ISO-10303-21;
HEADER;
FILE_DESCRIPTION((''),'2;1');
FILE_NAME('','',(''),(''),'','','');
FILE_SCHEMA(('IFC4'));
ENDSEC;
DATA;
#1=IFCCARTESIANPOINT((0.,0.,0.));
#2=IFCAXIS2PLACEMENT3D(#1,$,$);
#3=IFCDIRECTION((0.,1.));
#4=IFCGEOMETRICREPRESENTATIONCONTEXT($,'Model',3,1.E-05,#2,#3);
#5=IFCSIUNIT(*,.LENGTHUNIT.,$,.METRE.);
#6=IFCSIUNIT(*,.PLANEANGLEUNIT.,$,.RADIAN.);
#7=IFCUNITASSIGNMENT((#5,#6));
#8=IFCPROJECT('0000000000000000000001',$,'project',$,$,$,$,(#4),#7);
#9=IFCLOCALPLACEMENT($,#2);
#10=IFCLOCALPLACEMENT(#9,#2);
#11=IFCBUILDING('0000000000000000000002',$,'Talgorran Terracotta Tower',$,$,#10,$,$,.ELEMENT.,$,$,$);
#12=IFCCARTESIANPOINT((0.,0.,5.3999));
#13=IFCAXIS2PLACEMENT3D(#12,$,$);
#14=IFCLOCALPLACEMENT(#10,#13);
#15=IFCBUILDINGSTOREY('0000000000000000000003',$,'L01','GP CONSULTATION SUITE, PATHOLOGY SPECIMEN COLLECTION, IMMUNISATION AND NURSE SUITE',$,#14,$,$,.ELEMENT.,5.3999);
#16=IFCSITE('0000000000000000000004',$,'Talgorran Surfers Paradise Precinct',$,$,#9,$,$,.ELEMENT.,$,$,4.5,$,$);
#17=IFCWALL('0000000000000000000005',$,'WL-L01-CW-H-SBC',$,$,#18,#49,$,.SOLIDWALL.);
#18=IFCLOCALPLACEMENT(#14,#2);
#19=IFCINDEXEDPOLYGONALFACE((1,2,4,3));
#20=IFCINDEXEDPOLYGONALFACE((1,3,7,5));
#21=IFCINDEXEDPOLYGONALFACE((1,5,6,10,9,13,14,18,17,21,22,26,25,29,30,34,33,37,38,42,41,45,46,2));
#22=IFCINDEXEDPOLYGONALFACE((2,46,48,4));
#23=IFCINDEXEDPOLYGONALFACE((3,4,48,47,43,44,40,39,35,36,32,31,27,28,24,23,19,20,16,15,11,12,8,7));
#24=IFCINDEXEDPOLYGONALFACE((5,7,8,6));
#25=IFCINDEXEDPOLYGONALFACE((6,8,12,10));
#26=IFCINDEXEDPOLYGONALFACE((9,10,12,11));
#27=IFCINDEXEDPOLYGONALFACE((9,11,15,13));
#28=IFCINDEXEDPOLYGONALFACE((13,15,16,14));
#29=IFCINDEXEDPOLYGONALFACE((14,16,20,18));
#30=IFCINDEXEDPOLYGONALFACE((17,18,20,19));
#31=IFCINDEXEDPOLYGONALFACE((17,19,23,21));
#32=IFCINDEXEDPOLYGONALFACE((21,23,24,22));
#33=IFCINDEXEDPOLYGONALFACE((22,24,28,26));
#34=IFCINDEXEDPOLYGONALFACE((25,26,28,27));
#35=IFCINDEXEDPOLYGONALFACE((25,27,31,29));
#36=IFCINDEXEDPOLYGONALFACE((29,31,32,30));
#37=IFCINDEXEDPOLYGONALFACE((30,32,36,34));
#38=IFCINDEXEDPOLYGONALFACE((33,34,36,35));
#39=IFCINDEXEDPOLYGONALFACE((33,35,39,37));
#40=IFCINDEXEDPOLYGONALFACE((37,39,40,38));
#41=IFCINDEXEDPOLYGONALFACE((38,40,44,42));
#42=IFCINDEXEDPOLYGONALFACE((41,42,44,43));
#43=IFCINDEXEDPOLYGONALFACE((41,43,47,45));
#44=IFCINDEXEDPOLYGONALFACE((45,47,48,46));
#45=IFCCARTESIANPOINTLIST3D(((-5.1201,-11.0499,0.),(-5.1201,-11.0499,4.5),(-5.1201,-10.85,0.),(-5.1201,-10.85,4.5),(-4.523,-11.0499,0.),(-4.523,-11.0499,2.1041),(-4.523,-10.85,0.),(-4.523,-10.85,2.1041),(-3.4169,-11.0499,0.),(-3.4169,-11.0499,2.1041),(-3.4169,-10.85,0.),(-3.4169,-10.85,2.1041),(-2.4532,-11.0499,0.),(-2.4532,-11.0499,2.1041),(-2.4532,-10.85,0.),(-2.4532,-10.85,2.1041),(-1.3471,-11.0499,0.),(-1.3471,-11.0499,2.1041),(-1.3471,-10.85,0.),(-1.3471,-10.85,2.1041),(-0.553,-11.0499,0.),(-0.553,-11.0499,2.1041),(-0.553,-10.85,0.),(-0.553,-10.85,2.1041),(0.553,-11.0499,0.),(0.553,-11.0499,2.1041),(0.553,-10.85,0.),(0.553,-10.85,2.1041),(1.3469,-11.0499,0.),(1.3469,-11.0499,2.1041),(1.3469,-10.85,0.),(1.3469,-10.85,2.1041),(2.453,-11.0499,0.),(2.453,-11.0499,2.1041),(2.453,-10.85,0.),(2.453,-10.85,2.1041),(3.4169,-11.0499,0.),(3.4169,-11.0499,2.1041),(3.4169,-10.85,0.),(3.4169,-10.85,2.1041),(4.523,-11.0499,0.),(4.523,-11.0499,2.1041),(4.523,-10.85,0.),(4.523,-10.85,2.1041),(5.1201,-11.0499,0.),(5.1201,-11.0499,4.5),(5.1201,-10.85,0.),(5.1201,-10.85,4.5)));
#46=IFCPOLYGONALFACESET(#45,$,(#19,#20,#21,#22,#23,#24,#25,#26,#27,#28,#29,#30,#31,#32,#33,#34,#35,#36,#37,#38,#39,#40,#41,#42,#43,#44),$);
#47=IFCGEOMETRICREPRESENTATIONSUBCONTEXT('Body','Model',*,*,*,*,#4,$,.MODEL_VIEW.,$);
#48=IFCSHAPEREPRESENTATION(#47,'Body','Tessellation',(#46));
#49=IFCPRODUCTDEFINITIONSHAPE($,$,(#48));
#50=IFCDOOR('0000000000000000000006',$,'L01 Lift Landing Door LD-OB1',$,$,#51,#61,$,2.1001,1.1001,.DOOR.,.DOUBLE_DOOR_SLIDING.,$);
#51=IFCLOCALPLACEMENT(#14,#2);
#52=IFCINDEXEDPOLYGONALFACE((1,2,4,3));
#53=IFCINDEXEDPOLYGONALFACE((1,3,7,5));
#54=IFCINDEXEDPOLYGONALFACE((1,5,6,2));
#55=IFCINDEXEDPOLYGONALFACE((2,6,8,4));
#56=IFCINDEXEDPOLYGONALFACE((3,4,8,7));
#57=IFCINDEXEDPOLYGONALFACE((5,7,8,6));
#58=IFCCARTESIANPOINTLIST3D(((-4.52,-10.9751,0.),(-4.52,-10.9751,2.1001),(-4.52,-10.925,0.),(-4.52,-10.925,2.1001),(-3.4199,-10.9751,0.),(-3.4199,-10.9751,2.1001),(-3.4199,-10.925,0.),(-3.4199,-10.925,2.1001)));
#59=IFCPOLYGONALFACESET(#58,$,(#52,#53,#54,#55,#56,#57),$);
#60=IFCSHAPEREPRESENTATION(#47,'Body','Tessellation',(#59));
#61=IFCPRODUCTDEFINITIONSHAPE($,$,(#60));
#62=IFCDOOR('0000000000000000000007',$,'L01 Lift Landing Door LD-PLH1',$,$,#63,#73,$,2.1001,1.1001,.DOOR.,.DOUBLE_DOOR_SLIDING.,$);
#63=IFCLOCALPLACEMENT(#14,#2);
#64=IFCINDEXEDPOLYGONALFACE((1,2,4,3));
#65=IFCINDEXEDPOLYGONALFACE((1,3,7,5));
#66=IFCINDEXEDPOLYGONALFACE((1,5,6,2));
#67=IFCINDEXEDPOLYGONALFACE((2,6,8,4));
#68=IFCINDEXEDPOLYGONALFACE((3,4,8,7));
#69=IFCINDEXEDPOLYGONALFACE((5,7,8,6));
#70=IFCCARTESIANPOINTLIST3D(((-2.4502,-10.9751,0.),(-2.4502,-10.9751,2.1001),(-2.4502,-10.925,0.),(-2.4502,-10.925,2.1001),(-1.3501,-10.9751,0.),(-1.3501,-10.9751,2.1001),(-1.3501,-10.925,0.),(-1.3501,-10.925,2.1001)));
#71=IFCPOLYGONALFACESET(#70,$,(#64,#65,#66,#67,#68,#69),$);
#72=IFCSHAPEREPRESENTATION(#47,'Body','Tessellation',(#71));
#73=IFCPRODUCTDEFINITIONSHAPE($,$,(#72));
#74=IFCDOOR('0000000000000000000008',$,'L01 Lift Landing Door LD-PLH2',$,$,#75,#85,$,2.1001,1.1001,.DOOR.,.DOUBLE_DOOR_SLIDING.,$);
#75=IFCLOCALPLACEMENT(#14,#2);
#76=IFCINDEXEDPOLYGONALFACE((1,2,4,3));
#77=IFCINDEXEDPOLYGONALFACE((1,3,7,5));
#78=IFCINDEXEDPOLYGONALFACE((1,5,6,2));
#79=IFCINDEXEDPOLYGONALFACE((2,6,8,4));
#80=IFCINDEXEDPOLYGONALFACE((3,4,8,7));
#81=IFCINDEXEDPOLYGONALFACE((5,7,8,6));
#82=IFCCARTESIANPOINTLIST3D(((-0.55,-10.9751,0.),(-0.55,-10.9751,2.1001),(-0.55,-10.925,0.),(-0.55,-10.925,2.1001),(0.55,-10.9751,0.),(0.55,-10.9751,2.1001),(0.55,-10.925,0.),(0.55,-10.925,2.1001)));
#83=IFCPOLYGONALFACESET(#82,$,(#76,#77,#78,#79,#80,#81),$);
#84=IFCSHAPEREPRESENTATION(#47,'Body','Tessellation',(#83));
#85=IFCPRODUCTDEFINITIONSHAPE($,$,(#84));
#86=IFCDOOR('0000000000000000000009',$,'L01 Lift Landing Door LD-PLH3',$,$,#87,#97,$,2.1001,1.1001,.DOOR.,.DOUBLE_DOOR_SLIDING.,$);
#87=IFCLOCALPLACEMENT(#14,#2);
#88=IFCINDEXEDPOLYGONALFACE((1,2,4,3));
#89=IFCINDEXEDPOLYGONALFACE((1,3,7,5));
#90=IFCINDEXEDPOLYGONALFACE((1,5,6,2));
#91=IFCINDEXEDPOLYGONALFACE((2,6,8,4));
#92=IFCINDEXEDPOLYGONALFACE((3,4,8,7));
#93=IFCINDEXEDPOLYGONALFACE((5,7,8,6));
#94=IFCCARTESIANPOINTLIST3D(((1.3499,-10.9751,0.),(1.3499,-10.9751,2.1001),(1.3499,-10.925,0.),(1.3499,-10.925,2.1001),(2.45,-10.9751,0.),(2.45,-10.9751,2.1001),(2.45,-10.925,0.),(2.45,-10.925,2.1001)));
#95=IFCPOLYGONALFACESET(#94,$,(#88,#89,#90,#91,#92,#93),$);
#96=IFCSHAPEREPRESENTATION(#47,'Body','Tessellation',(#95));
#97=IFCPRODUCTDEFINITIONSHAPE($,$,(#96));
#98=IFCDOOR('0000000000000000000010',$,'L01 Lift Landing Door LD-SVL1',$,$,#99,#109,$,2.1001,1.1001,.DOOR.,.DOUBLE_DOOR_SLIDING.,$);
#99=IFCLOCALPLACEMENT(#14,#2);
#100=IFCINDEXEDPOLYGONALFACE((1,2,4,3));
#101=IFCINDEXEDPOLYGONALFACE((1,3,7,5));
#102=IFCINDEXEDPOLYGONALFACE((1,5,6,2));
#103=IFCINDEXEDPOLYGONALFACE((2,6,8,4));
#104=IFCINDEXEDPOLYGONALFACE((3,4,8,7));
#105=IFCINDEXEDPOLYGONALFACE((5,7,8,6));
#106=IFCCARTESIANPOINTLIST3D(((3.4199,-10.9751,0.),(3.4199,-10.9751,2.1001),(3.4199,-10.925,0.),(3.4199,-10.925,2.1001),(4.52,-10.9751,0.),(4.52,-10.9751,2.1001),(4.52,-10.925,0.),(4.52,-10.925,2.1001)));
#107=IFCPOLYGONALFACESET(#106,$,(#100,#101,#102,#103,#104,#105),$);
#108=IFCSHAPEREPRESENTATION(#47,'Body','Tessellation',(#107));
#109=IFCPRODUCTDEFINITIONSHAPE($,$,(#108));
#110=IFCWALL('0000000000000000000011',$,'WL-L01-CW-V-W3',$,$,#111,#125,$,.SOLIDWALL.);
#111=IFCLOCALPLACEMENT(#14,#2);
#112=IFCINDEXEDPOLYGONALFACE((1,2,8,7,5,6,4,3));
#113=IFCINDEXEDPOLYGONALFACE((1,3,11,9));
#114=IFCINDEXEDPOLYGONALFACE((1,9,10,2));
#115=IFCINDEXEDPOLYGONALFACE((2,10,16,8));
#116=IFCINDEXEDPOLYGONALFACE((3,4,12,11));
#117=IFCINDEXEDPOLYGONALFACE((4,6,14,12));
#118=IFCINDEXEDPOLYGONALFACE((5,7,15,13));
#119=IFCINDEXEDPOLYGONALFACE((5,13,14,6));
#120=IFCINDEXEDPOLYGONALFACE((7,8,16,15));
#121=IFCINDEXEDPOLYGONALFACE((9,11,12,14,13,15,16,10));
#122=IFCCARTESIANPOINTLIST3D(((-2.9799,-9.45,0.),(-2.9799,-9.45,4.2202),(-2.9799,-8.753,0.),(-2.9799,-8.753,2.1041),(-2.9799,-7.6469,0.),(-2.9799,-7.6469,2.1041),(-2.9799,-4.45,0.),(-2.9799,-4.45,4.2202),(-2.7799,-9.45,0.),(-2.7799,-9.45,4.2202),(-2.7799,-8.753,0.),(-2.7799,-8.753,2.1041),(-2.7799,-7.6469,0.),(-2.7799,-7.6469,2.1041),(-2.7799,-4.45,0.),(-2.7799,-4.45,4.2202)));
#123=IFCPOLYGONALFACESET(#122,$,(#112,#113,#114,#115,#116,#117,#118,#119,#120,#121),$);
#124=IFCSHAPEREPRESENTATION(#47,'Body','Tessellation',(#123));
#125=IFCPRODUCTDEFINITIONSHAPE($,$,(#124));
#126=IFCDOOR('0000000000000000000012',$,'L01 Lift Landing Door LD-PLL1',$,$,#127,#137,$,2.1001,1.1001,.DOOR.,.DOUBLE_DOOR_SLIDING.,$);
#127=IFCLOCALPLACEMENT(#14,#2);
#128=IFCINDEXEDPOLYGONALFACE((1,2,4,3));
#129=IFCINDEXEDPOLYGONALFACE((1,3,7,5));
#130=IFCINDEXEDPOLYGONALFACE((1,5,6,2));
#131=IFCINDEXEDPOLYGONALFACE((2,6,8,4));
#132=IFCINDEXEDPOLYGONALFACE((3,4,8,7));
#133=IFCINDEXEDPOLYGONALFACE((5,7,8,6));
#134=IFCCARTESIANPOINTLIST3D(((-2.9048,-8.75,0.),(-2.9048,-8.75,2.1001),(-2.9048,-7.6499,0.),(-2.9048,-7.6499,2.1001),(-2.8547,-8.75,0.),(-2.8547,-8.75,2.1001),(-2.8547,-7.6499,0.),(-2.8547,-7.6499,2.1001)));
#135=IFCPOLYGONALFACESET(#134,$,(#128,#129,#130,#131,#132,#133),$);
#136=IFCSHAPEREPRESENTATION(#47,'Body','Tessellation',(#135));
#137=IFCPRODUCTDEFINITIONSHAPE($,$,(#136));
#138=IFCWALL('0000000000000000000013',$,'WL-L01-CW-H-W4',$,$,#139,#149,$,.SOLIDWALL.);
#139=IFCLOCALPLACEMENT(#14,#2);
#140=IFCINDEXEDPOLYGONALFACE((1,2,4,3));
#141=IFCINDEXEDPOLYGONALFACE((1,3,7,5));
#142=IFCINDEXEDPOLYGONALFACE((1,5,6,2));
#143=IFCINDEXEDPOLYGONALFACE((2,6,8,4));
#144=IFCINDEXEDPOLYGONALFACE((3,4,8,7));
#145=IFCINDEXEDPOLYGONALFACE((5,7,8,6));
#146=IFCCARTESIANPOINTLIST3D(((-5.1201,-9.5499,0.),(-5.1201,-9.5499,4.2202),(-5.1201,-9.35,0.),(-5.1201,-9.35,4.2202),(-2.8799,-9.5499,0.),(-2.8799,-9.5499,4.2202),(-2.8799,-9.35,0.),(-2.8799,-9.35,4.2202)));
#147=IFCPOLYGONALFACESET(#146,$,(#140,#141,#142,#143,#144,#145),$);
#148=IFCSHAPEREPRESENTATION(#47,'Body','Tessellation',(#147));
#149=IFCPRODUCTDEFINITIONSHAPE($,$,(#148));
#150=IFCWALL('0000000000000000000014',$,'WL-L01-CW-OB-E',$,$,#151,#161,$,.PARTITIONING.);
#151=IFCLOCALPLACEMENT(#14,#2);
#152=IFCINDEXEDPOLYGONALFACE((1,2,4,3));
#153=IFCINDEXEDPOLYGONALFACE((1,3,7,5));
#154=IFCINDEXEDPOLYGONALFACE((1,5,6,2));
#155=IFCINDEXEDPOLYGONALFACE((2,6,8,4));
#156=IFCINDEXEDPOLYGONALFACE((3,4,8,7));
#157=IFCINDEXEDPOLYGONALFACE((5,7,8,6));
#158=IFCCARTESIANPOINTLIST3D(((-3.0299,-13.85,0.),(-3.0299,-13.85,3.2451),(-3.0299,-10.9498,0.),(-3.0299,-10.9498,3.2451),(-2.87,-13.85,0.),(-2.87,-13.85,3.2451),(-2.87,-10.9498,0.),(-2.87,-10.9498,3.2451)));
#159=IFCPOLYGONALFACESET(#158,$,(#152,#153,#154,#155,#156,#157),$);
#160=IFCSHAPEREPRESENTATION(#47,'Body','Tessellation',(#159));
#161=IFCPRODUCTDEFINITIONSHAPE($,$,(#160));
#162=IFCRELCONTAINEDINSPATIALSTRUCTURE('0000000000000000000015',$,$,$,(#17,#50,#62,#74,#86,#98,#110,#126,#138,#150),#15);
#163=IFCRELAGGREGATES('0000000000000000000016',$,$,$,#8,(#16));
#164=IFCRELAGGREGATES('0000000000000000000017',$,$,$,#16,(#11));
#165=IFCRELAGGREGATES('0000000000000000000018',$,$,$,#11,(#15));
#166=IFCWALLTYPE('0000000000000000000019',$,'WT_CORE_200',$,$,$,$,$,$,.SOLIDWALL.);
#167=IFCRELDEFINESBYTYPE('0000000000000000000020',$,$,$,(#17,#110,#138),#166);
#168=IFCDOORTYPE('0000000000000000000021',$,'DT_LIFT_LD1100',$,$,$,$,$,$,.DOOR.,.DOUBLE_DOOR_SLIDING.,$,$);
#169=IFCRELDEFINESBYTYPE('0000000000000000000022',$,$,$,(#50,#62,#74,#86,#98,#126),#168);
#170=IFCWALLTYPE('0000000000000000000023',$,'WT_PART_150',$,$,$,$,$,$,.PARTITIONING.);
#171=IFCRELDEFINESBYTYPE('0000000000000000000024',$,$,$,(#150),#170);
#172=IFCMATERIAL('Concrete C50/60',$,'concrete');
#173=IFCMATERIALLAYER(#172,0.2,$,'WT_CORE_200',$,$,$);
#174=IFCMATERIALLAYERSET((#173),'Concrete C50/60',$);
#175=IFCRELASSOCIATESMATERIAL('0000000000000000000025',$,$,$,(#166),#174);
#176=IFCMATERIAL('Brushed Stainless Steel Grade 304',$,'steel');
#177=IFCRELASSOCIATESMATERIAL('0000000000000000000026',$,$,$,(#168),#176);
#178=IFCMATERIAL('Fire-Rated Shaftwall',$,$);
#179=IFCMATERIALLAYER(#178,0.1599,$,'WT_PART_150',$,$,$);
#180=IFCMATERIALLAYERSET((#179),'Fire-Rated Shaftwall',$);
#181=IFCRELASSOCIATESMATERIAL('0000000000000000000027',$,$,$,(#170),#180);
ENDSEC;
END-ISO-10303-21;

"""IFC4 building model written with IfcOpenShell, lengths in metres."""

from ifc_helpers import new_model, si_unit, direction, frame, frame_2d, origin, place, context, subcontext, project, spatial, rectangle, extrude, material, layer, layer_set, type_object, element, fill, save


model = new_model("IFC4")

# Units and contexts
model_context = context("Model", 3, precision=1e-05, world=origin(), true_north=direction((0.0, 1.0)))
body_context = subcontext(model_context, "Body", "Model", "MODEL_VIEW")
ifc_project = project(units=[si_unit("LENGTHUNIT", "METRE"), si_unit("PLANEANGLEUNIT", "RADIAN")], contexts=[model_context])

# Site, building, storey
site_placement = place(None, origin())
site = spatial("IfcSite", under=ifc_project, at=site_placement, Name="Talgorran Surfers Paradise Precinct", CompositionType="ELEMENT", RefElevation=4.5)
building_placement = place(site_placement, origin())
building = spatial("IfcBuilding", under=site, at=building_placement, Name="Talgorran Terracotta Tower", CompositionType="ELEMENT")
storey_placement = place(building_placement, frame((0.0, 0.0, 5.3999)))
storey = spatial("IfcBuildingStorey", under=building, at=storey_placement, Name="L01", Description="GP CONSULTATION SUITE, PATHOLOGY SPECIMEN COLLECTION, IMMUNISATION AND NURSE SUITE", CompositionType="ELEMENT", Elevation=5.3999)

# Shared definitions
ifc_material_1 = material(Name="Concrete C50/60", Category="concrete")
ifc_layer_1 = layer(ifc_material_1, 0.2, Name="WT_CORE_200")
ifc_layer_set_1 = layer_set([ifc_layer_1], Name="Concrete C50/60")
wall_type_1 = type_object("IfcWallType", Name="WT_CORE_200", PredefinedType="SOLIDWALL", material=ifc_layer_set_1)

# Wall, openings, doors
ifc_material_2 = material(Name="Brushed Stainless Steel Grade 304", Category="steel")
door_type_1 = type_object("IfcDoorType", Name="DT_LIFT_LD1100", OperationType="DOUBLE_DOOR_SLIDING", PredefinedType="DOOR", material=ifc_material_2)
wall_1_placement = place(storey_placement, frame((-5.1201, -10.95, 0.0), z_axis=(0.0, 0.0, 1.0), x_axis=(1.0, 0.0, 0.0)))
wall_1 = element("IfcWall", 1, at=wall_1_placement, inside=storey, type_object=wall_type_1, Name="WL-L01-CW-H-SBC", PredefinedType="SOLIDWALL", context=body_context, shape_type="SweptSolid", body=[
    extrude(rectangle(XDim=10.2402, YDim=0.2, at=frame_2d((5.1201, 0.0))), origin(), (0.0, 0.0, 1.0), 4.5),
])
opening_1_placement = place(wall_1_placement, frame((0.6001, 0.0, 0.0)))
opening_1 = element("IfcOpeningElement", 2, at=opening_1_placement, cuts=wall_1, PredefinedType="OPENING", context=body_context, shape_type="SweptSolid", body=[
    extrude(rectangle(XDim=1.1061, YDim=2.1041, at=frame_2d((0.55, 1.052))), frame((0.0, 0.1099, 0.0), z_axis=(0.0, -1.0, 0.0), x_axis=(1.0, 0.0, 0.0)), (0.0, 0.0, 1.0), 0.22),
])
opening_2_placement = place(wall_1_placement, frame((2.6699, 0.0, 0.0)))
opening_2 = element("IfcOpeningElement", 3, at=opening_2_placement, cuts=wall_1, PredefinedType="OPENING", context=body_context, shape_type="SweptSolid", body=[
    extrude(rectangle(XDim=1.1061, YDim=2.1041, at=frame_2d((0.55, 1.052))), frame((0.0, 0.1099, 0.0), z_axis=(0.0, -1.0, 0.0), x_axis=(1.0, 0.0, 0.0)), (0.0, 0.0, 1.0), 0.22),
])
opening_3_placement = place(wall_1_placement, frame((4.5701, 0.0, 0.0)))
opening_3 = element("IfcOpeningElement", 4, at=opening_3_placement, cuts=wall_1, PredefinedType="OPENING", context=body_context, shape_type="SweptSolid", body=[
    extrude(rectangle(XDim=1.1061, YDim=2.1041, at=frame_2d((0.55, 1.052))), frame((0.0, 0.1099, 0.0), z_axis=(0.0, -1.0, 0.0), x_axis=(1.0, 0.0, 0.0)), (0.0, 0.0, 1.0), 0.22),
])
opening_4_placement = place(wall_1_placement, frame((6.47, 0.0, 0.0)))
opening_4 = element("IfcOpeningElement", 5, at=opening_4_placement, cuts=wall_1, PredefinedType="OPENING", context=body_context, shape_type="SweptSolid", body=[
    extrude(rectangle(XDim=1.1061, YDim=2.1041, at=frame_2d((0.55, 1.052))), frame((0.0, 0.1099, 0.0), z_axis=(0.0, -1.0, 0.0), x_axis=(1.0, 0.0, 0.0)), (0.0, 0.0, 1.0), 0.22),
])
opening_5_placement = place(wall_1_placement, frame((8.54, 0.0, 0.0)))
opening_5 = element("IfcOpeningElement", 6, at=opening_5_placement, cuts=wall_1, PredefinedType="OPENING", context=body_context, shape_type="SweptSolid", body=[
    extrude(rectangle(XDim=1.1061, YDim=2.1041, at=frame_2d((0.55, 1.052))), frame((0.0, 0.1099, 0.0), z_axis=(0.0, -1.0, 0.0), x_axis=(1.0, 0.0, 0.0)), (0.0, 0.0, 1.0), 0.22),
])
door_1_placement = place(opening_1_placement, origin())
door_1 = element("IfcDoor", 7, at=door_1_placement, inside=storey, type_object=door_type_1, Name="L01 Lift Landing Door LD-OB1", OperationType="DOUBLE_DOOR_SLIDING", OverallHeight=2.1001, OverallWidth=1.1001, PredefinedType="DOOR", context=body_context, shape_type="SweptSolid", body=[
    extrude(rectangle(XDim=1.1001, YDim=2.1001, at=frame_2d((0.55, 1.05))), frame((0.0, 0.0249, 0.0), z_axis=(0.0, -1.0, 0.0), x_axis=(1.0, 0.0, 0.0)), (0.0, 0.0, 1.0), 0.05),
])
fill(opening_1, door_1)
door_2_placement = place(opening_2_placement, origin())
door_2 = element("IfcDoor", 8, at=door_2_placement, inside=storey, type_object=door_type_1, Name="L01 Lift Landing Door LD-PLH1", OperationType="DOUBLE_DOOR_SLIDING", OverallHeight=2.1001, OverallWidth=1.1001, PredefinedType="DOOR", context=body_context, shape_type="SweptSolid", body=[
    extrude(rectangle(XDim=1.1001, YDim=2.1001, at=frame_2d((0.55, 1.05))), frame((0.0, 0.0249, 0.0), z_axis=(0.0, -1.0, 0.0), x_axis=(1.0, 0.0, 0.0)), (0.0, 0.0, 1.0), 0.05),
])
fill(opening_2, door_2)
door_3_placement = place(opening_3_placement, origin())
door_3 = element("IfcDoor", 9, at=door_3_placement, inside=storey, type_object=door_type_1, Name="L01 Lift Landing Door LD-PLH2", OperationType="DOUBLE_DOOR_SLIDING", OverallHeight=2.1001, OverallWidth=1.1001, PredefinedType="DOOR", context=body_context, shape_type="SweptSolid", body=[
    extrude(rectangle(XDim=1.1001, YDim=2.1001, at=frame_2d((0.55, 1.05))), frame((0.0, 0.0249, 0.0), z_axis=(0.0, -1.0, 0.0), x_axis=(1.0, 0.0, 0.0)), (0.0, 0.0, 1.0), 0.05),
])
fill(opening_3, door_3)
door_4_placement = place(opening_4_placement, origin())
door_4 = element("IfcDoor", 10, at=door_4_placement, inside=storey, type_object=door_type_1, Name="L01 Lift Landing Door LD-PLH3", OperationType="DOUBLE_DOOR_SLIDING", OverallHeight=2.1001, OverallWidth=1.1001, PredefinedType="DOOR", context=body_context, shape_type="SweptSolid", body=[
    extrude(rectangle(XDim=1.1001, YDim=2.1001, at=frame_2d((0.55, 1.05))), frame((0.0, 0.0249, 0.0), z_axis=(0.0, -1.0, 0.0), x_axis=(1.0, 0.0, 0.0)), (0.0, 0.0, 1.0), 0.05),
])
fill(opening_4, door_4)
door_5_placement = place(opening_5_placement, origin())
door_5 = element("IfcDoor", 11, at=door_5_placement, inside=storey, type_object=door_type_1, Name="L01 Lift Landing Door LD-SVL1", OperationType="DOUBLE_DOOR_SLIDING", OverallHeight=2.1001, OverallWidth=1.1001, PredefinedType="DOOR", context=body_context, shape_type="SweptSolid", body=[
    extrude(rectangle(XDim=1.1001, YDim=2.1001, at=frame_2d((0.55, 1.05))), frame((0.0, 0.0249, 0.0), z_axis=(0.0, -1.0, 0.0), x_axis=(1.0, 0.0, 0.0)), (0.0, 0.0, 1.0), 0.05),
])
fill(opening_5, door_5)

# Wall, opening, door
wall_2_placement = place(storey_placement, frame((-2.8799, -9.45, 0.0), z_axis=(0.0, 0.0, 1.0), x_axis=(0.0, 1.0, 0.0)))
wall_2 = element("IfcWall", 12, at=wall_2_placement, inside=storey, type_object=wall_type_1, Name="WL-L01-CW-V-W3", PredefinedType="SOLIDWALL", context=body_context, shape_type="SweptSolid", body=[
    extrude(rectangle(XDim=5.0, YDim=0.2, at=frame_2d((2.5, 0.0))), origin(), (0.0, 0.0, 1.0), 4.2202),
])
opening_6_placement = place(wall_2_placement, frame((0.7, 0.0, 0.0)))
opening_6 = element("IfcOpeningElement", 13, at=opening_6_placement, cuts=wall_2, PredefinedType="OPENING", context=body_context, shape_type="SweptSolid", body=[
    extrude(rectangle(XDim=1.1061, YDim=2.1041, at=frame_2d((0.55, 1.052))), frame((0.0, 0.1099, 0.0), z_axis=(0.0, -1.0, 0.0), x_axis=(1.0, 0.0, 0.0)), (0.0, 0.0, 1.0), 0.22),
])
door_6_placement = place(opening_6_placement, origin())
door_6 = element("IfcDoor", 14, at=door_6_placement, inside=storey, type_object=door_type_1, Name="L01 Lift Landing Door LD-PLL1", OperationType="DOUBLE_DOOR_SLIDING", OverallHeight=2.1001, OverallWidth=1.1001, PredefinedType="DOOR", context=body_context, shape_type="SweptSolid", body=[
    extrude(rectangle(XDim=1.1001, YDim=2.1001, at=frame_2d((0.55, 1.05))), frame((0.0, 0.0249, 0.0), z_axis=(0.0, -1.0, 0.0), x_axis=(1.0, 0.0, 0.0)), (0.0, 0.0, 1.0), 0.05),
])
fill(opening_6, door_6)

# Walls
wall_3_placement = place(storey_placement, frame((-5.1201, -9.45, 0.0), z_axis=(0.0, 0.0, 1.0), x_axis=(1.0, 0.0, 0.0)))
element("IfcWall", 15, at=wall_3_placement, inside=storey, type_object=wall_type_1, Name="WL-L01-CW-H-W4", PredefinedType="SOLIDWALL", context=body_context, shape_type="SweptSolid", body=[
    extrude(rectangle(XDim=2.2402, YDim=0.2, at=frame_2d((1.1201, 0.0))), origin(), (0.0, 0.0, 1.0), 4.2202),
])
ifc_material_3 = material(Name="Fire-Rated Shaftwall")
ifc_layer_2 = layer(ifc_material_3, 0.1599, Name="WT_PART_150")
ifc_layer_set_2 = layer_set([ifc_layer_2], Name="Fire-Rated Shaftwall")
wall_type_2 = type_object("IfcWallType", Name="WT_PART_150", PredefinedType="PARTITIONING", material=ifc_layer_set_2)
for number, where, z_axis, x_axis, name in (
    (16, (-2.95, -13.8501, 0.0), (0.0, 0.0, 1.0), (0.0, 1.0, 0.0), "WL-L01-CW-OB-E"),
):
    element("IfcWall", number, at=place(storey_placement, frame(where, z_axis=z_axis, x_axis=x_axis)), inside=storey, type_object=wall_type_2, Name=name, PredefinedType="PARTITIONING", context=body_context, shape_type="SweptSolid", body=[
        extrude(rectangle(XDim=2.9001, YDim=0.1599, at=frame_2d((1.4502, 0.0))), origin(), (0.0, 0.0, 1.0), 3.2451),
    ])

save(model, "model.ifc")
